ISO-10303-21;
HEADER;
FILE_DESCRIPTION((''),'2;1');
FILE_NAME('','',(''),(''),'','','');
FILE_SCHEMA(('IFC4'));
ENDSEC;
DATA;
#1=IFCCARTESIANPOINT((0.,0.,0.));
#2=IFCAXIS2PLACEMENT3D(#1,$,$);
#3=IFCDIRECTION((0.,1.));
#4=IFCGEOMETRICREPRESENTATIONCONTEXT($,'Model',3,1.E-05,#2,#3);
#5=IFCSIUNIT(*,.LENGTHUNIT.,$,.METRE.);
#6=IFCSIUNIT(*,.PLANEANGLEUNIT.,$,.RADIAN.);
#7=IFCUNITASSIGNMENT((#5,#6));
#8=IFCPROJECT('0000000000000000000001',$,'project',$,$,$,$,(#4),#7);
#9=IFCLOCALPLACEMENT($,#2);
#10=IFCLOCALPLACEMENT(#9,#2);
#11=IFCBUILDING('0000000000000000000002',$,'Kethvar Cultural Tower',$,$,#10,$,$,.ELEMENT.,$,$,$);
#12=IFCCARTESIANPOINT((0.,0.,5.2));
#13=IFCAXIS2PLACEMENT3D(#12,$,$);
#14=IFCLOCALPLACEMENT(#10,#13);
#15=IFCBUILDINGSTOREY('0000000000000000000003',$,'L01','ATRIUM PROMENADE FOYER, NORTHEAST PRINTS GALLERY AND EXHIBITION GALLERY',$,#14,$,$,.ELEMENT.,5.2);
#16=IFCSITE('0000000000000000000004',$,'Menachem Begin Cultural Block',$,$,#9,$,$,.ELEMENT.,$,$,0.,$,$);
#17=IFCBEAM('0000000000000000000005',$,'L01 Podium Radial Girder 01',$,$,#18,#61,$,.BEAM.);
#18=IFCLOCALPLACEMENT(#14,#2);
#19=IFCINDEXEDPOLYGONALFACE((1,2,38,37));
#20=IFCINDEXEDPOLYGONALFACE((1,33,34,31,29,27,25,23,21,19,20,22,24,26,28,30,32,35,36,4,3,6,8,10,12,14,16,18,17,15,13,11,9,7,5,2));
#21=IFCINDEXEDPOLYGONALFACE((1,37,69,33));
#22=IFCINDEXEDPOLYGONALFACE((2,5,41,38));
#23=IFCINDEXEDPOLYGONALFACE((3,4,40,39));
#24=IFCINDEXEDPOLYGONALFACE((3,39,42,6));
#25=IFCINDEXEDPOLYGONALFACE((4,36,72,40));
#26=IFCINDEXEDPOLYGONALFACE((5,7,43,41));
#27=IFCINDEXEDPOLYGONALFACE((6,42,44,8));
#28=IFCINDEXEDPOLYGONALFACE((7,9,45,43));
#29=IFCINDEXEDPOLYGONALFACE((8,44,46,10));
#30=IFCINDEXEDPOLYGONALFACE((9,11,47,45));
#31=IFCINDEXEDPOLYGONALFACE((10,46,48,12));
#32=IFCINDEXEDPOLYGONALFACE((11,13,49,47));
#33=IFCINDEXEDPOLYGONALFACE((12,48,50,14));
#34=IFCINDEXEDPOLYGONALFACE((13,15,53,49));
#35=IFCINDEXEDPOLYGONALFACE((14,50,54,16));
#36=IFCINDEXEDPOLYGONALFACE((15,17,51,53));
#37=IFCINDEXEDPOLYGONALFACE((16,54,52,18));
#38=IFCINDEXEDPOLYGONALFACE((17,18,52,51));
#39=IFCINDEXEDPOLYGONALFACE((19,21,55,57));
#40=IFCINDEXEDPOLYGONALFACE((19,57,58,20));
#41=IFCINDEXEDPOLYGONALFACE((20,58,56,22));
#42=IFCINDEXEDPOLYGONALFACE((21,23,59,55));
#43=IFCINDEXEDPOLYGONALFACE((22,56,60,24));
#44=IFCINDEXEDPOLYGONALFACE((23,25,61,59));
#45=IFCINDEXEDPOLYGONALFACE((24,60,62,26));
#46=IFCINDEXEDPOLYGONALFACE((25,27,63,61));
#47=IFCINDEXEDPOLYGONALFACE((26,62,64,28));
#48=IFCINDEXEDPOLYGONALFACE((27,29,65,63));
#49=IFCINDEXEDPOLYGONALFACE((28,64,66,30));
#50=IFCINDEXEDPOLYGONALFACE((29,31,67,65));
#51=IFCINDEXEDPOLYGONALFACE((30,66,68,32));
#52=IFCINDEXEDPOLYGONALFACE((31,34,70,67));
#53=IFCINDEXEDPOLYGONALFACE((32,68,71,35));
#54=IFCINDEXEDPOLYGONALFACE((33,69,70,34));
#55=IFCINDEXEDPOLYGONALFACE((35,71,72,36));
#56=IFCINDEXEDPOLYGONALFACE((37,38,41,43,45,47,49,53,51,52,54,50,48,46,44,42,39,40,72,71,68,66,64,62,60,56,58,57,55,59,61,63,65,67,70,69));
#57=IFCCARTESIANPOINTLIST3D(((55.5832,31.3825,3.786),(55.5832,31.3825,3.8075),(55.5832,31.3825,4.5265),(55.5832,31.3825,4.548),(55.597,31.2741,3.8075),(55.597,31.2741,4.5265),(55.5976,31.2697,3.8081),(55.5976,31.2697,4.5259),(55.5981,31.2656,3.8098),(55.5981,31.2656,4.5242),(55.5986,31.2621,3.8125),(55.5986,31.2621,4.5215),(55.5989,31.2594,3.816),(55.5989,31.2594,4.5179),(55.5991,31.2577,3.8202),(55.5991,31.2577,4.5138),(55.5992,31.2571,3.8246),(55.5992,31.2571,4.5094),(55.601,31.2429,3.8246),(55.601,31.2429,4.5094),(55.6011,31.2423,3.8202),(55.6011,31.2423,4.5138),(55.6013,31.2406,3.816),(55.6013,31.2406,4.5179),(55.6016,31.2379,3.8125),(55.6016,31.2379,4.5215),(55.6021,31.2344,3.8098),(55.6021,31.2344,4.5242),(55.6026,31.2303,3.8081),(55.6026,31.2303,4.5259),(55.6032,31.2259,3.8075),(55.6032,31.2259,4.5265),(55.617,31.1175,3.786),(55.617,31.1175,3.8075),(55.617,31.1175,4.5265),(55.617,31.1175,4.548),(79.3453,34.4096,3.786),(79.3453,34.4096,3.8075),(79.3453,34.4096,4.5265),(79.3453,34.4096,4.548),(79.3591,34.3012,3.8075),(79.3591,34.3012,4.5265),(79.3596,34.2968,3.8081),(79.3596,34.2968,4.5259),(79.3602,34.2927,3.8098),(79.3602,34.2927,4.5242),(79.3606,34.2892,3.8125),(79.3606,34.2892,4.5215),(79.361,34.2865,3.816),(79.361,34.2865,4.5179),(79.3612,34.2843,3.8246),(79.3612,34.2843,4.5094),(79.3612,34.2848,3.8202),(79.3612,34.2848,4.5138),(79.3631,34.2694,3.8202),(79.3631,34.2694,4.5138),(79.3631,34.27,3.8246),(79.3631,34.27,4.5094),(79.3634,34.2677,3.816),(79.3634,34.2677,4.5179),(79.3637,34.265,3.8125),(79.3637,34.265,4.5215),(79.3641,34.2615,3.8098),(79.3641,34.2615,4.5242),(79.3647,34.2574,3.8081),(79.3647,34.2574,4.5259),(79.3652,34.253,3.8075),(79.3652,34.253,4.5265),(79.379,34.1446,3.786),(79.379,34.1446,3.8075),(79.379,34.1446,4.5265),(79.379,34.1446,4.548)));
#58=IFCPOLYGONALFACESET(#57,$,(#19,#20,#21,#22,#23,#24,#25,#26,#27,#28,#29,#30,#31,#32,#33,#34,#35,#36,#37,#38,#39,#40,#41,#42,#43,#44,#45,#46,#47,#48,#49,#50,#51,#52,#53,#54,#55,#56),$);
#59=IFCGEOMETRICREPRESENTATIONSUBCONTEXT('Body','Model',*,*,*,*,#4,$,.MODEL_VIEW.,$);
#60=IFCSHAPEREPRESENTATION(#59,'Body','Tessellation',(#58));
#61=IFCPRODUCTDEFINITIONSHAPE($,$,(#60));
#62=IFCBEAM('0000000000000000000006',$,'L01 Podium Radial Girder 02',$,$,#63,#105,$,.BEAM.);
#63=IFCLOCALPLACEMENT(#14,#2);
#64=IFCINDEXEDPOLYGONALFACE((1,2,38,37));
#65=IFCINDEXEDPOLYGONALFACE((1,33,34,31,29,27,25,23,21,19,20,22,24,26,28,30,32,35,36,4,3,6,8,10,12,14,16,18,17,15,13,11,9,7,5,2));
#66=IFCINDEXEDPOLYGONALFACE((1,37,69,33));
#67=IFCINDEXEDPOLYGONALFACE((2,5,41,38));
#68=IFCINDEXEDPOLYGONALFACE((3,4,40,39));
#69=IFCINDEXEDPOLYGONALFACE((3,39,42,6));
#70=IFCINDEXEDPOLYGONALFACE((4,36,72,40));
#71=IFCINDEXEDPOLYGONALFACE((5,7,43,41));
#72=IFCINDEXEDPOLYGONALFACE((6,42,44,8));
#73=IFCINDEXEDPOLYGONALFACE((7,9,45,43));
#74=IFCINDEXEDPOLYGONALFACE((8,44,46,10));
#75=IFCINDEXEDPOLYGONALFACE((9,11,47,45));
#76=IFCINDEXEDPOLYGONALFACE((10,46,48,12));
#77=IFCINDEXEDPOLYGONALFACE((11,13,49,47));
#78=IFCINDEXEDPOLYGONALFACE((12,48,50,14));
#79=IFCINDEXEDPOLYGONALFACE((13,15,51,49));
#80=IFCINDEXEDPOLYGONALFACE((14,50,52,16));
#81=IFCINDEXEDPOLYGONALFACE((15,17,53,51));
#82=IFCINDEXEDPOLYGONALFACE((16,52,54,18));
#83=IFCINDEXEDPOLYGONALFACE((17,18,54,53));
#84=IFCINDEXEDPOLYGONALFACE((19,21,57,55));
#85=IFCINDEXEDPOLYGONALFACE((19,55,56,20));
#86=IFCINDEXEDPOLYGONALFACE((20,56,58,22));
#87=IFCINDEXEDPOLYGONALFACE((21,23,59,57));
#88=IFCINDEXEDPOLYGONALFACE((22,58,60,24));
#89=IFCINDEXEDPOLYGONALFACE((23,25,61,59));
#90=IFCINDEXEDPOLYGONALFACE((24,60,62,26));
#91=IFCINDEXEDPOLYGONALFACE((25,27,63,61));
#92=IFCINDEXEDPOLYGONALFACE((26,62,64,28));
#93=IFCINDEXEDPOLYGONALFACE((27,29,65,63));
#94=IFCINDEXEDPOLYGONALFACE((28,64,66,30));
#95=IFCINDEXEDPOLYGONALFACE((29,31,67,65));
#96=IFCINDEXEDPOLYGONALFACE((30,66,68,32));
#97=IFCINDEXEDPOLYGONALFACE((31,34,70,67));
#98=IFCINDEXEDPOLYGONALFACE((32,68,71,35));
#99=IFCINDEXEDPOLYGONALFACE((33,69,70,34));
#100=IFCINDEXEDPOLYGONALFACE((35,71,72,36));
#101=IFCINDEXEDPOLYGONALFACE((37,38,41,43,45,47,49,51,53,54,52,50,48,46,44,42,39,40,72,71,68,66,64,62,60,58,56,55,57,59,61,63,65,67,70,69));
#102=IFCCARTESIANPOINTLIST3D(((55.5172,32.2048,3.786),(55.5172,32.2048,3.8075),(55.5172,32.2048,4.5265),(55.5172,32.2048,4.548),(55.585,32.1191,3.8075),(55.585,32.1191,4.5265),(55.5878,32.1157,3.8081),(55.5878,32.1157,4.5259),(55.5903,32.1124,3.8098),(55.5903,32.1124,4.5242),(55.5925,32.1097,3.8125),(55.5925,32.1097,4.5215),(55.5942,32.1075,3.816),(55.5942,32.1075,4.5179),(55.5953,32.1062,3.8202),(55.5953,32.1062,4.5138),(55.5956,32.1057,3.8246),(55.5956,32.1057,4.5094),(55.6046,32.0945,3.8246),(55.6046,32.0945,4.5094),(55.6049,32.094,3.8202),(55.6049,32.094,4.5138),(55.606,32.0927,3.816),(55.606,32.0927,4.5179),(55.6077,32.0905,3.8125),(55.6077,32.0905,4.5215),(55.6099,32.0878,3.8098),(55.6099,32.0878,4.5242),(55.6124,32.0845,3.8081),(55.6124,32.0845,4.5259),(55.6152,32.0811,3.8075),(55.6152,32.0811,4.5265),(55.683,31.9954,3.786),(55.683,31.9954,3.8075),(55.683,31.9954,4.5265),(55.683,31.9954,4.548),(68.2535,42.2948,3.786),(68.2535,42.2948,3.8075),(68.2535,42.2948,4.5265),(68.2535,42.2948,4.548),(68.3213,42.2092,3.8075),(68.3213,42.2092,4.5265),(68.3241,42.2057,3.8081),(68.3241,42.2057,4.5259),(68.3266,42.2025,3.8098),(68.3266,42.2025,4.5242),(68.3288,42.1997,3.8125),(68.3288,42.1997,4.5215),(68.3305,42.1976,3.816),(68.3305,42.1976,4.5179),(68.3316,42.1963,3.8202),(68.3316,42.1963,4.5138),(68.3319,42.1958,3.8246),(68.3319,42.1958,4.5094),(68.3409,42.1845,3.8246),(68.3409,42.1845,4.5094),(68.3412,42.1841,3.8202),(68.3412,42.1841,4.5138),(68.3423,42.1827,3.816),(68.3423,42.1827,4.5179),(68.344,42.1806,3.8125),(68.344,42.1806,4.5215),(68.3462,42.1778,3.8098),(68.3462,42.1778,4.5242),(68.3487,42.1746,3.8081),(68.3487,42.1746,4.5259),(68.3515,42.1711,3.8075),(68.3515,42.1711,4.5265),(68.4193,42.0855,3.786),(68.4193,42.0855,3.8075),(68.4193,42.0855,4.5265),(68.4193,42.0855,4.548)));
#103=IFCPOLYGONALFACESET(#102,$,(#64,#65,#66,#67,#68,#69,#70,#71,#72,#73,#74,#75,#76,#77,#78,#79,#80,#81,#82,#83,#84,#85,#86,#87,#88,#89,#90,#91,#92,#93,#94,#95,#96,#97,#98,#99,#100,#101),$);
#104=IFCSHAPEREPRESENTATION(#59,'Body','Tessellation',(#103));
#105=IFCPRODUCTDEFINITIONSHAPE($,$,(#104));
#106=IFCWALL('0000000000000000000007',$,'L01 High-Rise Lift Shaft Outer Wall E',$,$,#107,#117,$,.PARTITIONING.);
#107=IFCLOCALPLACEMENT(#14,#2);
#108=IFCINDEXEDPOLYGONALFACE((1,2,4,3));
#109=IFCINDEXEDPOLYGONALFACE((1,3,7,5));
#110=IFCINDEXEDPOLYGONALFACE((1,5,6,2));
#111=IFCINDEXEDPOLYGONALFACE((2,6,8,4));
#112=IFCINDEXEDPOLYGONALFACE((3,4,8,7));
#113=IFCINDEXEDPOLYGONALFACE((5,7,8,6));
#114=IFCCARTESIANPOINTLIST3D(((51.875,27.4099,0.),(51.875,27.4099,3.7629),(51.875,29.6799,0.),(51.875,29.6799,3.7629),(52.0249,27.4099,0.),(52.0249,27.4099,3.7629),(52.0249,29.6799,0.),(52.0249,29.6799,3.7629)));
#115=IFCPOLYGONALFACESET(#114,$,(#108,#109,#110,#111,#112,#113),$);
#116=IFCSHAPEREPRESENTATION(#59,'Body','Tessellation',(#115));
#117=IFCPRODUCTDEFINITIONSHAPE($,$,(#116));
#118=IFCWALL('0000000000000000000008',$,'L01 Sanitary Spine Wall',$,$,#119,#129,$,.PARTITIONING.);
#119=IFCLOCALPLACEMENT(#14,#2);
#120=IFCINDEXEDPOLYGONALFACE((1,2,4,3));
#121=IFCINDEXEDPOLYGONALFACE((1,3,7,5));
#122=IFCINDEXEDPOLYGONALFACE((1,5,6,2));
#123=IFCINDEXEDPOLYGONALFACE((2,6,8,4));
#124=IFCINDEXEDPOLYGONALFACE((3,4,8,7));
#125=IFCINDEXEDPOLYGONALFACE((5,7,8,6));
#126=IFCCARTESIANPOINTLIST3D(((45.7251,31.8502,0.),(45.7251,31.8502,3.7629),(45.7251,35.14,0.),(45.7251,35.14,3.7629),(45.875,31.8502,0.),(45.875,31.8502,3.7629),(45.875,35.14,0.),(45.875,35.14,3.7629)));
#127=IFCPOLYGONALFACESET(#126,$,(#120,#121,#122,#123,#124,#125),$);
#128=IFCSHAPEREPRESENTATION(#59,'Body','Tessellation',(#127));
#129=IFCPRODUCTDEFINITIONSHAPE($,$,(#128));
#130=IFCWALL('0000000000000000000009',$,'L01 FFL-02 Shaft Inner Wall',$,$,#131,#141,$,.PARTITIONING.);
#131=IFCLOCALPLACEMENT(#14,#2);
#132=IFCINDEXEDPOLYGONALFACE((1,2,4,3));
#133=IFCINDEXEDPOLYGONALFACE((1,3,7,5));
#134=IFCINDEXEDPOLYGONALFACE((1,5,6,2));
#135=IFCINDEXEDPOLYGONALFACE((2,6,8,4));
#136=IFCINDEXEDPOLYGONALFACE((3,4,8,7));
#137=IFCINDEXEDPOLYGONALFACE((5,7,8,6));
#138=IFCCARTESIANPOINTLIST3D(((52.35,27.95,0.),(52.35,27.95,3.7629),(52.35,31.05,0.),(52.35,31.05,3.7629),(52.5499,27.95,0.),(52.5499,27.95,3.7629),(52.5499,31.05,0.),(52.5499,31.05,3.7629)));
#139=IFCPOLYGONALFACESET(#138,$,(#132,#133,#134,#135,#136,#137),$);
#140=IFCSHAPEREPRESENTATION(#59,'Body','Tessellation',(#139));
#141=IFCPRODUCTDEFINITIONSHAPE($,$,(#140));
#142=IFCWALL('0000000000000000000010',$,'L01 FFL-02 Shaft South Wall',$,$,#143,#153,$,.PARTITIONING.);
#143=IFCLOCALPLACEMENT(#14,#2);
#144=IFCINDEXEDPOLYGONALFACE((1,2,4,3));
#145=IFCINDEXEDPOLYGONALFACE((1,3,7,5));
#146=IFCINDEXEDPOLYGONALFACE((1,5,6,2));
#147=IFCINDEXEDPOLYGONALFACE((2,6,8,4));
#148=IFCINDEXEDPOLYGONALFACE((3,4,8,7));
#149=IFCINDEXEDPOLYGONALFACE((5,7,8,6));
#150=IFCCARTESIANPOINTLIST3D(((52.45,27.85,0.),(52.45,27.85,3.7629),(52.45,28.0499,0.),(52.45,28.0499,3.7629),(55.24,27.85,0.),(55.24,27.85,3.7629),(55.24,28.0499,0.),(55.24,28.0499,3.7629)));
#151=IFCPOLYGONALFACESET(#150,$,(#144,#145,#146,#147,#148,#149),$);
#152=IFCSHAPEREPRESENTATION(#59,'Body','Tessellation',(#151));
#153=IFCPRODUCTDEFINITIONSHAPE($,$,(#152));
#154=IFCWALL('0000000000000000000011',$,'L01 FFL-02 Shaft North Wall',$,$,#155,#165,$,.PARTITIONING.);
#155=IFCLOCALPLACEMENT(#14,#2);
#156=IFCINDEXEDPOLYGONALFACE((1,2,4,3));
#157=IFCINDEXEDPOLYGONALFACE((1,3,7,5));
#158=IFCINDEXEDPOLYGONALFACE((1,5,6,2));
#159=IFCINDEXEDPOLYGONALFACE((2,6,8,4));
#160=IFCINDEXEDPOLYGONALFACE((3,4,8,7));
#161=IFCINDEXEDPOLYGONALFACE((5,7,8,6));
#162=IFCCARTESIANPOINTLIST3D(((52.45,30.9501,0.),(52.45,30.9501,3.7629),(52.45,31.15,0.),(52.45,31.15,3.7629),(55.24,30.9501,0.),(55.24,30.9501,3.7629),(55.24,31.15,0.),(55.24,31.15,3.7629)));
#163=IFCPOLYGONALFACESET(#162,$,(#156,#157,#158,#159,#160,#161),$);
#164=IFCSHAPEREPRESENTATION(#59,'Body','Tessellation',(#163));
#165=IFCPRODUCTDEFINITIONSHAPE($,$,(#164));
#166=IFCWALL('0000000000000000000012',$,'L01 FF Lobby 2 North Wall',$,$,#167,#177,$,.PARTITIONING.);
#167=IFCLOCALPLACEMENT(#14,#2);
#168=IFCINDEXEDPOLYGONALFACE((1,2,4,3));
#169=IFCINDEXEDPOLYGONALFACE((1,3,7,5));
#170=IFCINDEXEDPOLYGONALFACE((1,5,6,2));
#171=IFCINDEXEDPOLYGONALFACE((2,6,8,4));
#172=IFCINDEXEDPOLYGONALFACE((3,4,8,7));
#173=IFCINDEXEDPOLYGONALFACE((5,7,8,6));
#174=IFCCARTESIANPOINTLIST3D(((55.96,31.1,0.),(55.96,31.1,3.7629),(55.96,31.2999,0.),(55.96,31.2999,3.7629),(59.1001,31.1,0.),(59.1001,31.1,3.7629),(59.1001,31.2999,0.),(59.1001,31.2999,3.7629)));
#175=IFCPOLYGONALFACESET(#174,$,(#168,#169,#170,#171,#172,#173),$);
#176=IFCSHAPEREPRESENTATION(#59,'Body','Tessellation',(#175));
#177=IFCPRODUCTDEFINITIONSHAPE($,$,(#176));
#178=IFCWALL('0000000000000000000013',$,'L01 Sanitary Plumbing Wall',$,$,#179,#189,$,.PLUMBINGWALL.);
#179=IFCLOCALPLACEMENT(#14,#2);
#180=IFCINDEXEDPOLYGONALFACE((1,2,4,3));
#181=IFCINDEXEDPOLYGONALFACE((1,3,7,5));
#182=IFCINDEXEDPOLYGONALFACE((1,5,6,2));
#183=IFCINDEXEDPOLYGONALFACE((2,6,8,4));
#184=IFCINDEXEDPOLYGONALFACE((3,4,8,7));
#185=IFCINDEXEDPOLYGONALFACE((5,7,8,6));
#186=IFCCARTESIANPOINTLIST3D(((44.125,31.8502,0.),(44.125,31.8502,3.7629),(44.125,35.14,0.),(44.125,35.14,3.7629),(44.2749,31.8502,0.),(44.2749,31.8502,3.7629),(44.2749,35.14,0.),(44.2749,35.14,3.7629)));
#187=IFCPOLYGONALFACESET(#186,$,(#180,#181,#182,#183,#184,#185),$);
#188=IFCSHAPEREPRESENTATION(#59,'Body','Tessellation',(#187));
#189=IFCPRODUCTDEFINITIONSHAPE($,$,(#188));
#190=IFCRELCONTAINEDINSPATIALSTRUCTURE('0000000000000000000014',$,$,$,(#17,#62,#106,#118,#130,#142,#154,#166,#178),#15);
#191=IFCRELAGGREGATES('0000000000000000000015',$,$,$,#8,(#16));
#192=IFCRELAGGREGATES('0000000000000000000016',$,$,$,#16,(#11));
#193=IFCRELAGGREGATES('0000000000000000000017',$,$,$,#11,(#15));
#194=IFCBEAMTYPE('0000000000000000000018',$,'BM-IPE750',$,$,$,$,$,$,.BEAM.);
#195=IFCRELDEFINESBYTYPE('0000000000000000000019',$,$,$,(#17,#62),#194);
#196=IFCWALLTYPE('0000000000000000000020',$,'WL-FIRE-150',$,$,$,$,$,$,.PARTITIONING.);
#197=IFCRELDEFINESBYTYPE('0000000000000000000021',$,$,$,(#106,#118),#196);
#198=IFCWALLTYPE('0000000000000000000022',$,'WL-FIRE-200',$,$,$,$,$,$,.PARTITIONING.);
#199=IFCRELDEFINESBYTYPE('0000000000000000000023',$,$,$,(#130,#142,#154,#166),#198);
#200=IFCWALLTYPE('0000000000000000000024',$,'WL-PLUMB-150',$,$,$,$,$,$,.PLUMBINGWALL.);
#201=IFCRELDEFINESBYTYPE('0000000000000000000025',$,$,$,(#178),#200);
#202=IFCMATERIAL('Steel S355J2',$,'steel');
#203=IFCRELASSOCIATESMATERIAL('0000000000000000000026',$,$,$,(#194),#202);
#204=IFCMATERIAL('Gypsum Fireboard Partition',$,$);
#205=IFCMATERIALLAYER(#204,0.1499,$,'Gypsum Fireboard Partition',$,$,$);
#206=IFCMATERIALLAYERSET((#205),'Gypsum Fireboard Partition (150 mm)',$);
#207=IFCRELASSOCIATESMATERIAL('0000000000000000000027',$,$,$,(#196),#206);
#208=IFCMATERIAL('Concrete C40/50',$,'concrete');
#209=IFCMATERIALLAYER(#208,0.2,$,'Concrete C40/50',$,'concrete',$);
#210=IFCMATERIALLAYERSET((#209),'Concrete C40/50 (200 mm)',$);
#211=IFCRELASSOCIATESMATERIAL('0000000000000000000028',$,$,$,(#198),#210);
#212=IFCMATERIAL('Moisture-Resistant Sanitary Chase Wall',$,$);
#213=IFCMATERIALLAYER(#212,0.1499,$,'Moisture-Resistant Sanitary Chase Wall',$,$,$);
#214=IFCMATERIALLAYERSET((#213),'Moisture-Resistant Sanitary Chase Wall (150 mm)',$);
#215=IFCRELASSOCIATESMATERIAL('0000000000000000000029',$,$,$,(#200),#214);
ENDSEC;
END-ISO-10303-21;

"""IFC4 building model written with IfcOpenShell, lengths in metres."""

from ifc_helpers import new_model, si_unit, direction, frame, frame_2d, origin, origin_2d, place, context, subcontext, project, spatial, rectangle, i_section, extrude, source, transform, mapped, material, layer, layer_set, material_profile, profile_set, type_object, element, save


model = new_model("IFC4")

# Units and contexts
model_context = context("Model", 3, precision=1e-05, world=origin(), true_north=direction((0.0, 1.0)))
body_context = subcontext(model_context, "Body", "Model", "MODEL_VIEW")
ifc_project = project(units=[si_unit("LENGTHUNIT", "METRE"), si_unit("PLANEANGLEUNIT", "RADIAN")], contexts=[model_context])

# Site, building, storey
site_placement = place(None, origin())
site = spatial("IfcSite", under=ifc_project, at=site_placement, Name="Menachem Begin Cultural Block", CompositionType="ELEMENT", RefElevation=0.0)
building_placement = place(site_placement, origin())
building = spatial("IfcBuilding", under=site, at=building_placement, Name="Kethvar Cultural Tower", CompositionType="ELEMENT")
storey_placement = place(building_placement, frame((0.0, 0.0, 5.2)))
storey = spatial("IfcBuildingStorey", under=building, at=storey_placement, Name="L01", Description="ATRIUM PROMENADE FOYER, NORTHEAST PRINTS GALLERY AND EXHIBITION GALLERY", CompositionType="ELEMENT", Elevation=5.2)

# Beams
ifc_material_1 = material(Name="Steel S355J2", Category="steel")
ifc_material_profile = material_profile(ifc_material_1, i_section(OverallWidth=0.2671, OverallDepth=0.762, WebThickness=0.0144, FlangeThickness=0.0215, FilletRadius=0.0171, at=origin_2d()), Name="Steel S355J2 — IPE750x173")
ifc_profile_set = profile_set([ifc_material_profile], Name="Steel S355J2 — IPE750x173")
beam_type = type_object("IfcBeamType", Name="BM-IPE750", PredefinedType="BEAM", material=ifc_profile_set)
shared_shape_1 = source(origin(), body_context, "Body", "SweptSolid", [
    extrude(i_section(OverallWidth=0.2671, OverallDepth=0.762, WebThickness=0.0144, FlangeThickness=0.0215, FilletRadius=0.0171, at=origin_2d()), origin(), (0.0, 0.0, 1.0), 23.9541),
])
beam_1_placement = place(storey_placement, frame((55.6001, 31.25, 4.167), z_axis=(0.991983, 0.126371, 0.0), x_axis=(-0.126371, 0.991983, 0.0)))
element("IfcBeam", 1, at=beam_1_placement, inside=storey, type_object=beam_type, Name="L01 Podium Radial Girder 01", PredefinedType="BEAM", context=body_context, shape_type="MappedRepresentation", body=[
    mapped(shared_shape_1, transform((0.0, 0.0, 0.0), scale=1.0)),
])
shared_shape_2 = source(origin(), body_context, "Body", "SweptSolid", [
    extrude(i_section(OverallWidth=0.2671, OverallDepth=0.762, WebThickness=0.0144, FlangeThickness=0.0215, FilletRadius=0.0171, at=origin_2d()), origin(), (0.0, 0.0, 1.0), 16.2488),
])
beam_2_placement = place(storey_placement, frame((55.6001, 32.1001, 4.167), z_axis=(0.783831, 0.620974, 0.0), x_axis=(-0.620974, 0.783831, 0.0)))
element("IfcBeam", 2, at=beam_2_placement, inside=storey, type_object=beam_type, Name="L01 Podium Radial Girder 02", PredefinedType="BEAM", context=body_context, shape_type="MappedRepresentation", body=[
    mapped(shared_shape_2, transform((0.0, 0.0, 0.0), scale=1.0)),
])

# Walls
ifc_material_2 = material(Name="Gypsum Fireboard Partition")
ifc_layer_1 = layer(ifc_material_2, 0.1499, Name="Gypsum Fireboard Partition")
ifc_layer_set_1 = layer_set([ifc_layer_1], Name="Gypsum Fireboard Partition (150 mm)")
wall_type_1 = type_object("IfcWallType", Name="WL-FIRE-150", PredefinedType="PARTITIONING", material=ifc_layer_set_1)
wall_1_placement = place(storey_placement, frame((51.95, 27.4099, 0.0), z_axis=(0.0, 0.0, 1.0), x_axis=(0.0, 1.0, 0.0)))
element("IfcWall", 3, at=wall_1_placement, inside=storey, type_object=wall_type_1, Name="L01 High-Rise Lift Shaft Outer Wall E", PredefinedType="PARTITIONING", context=body_context, shape_type="SweptSolid", body=[
    extrude(rectangle(XDim=2.27, YDim=0.1499, at=frame_2d((1.135, 0.0))), origin(), (0.0, 0.0, 1.0), 3.7629),
])
wall_2_placement = place(storey_placement, frame((45.8, 31.8501, 0.0), z_axis=(0.0, 0.0, 1.0), x_axis=(0.0, 1.0, 0.0)))
element("IfcWall", 4, at=wall_2_placement, inside=storey, type_object=wall_type_1, Name="L01 Sanitary Spine Wall", PredefinedType="PARTITIONING", context=body_context, shape_type="SweptSolid", body=[
    extrude(rectangle(XDim=3.2898, YDim=0.1499, at=frame_2d((1.645, 0.0))), origin(), (0.0, 0.0, 1.0), 3.7629),
])
ifc_material_3 = material(Name="Concrete C40/50", Category="concrete")
ifc_layer_2 = layer(ifc_material_3, 0.2, Name="Concrete C40/50", Category="concrete")
ifc_layer_set_2 = layer_set([ifc_layer_2], Name="Concrete C40/50 (200 mm)")
wall_type_2 = type_object("IfcWallType", Name="WL-FIRE-200", PredefinedType="PARTITIONING", material=ifc_layer_set_2)
wall_3_placement = place(storey_placement, frame((52.45, 27.95, 0.0), z_axis=(0.0, 0.0, 1.0), x_axis=(0.0, 1.0, 0.0)))
element("IfcWall", 5, at=wall_3_placement, inside=storey, type_object=wall_type_2, Name="L01 FFL-02 Shaft Inner Wall", PredefinedType="PARTITIONING", context=body_context, shape_type="SweptSolid", body=[
    extrude(rectangle(XDim=3.1001, YDim=0.2, at=frame_2d((1.55, 0.0))), origin(), (0.0, 0.0, 1.0), 3.7629),
])
for number, where, z_axis, x_axis, name in (
    (6, (52.45, 27.95, 0.0), (0.0, 0.0, 1.0), (1.0, 0.0, 0.0), "L01 FFL-02 Shaft South Wall"),
    (7, (52.45, 31.05, 0.0), (0.0, 0.0, 1.0), (1.0, 0.0, 0.0), "L01 FFL-02 Shaft North Wall"),
):
    element("IfcWall", number, at=place(storey_placement, frame(where, z_axis=z_axis, x_axis=x_axis)), inside=storey, type_object=wall_type_2, Name=name, PredefinedType="PARTITIONING", context=body_context, shape_type="SweptSolid", body=[
        extrude(rectangle(XDim=2.79, YDim=0.2, at=frame_2d((1.395, 0.0))), origin(), (0.0, 0.0, 1.0), 3.7629),
    ])
wall_4_placement = place(storey_placement, frame((55.96, 31.2, 0.0), z_axis=(0.0, 0.0, 1.0), x_axis=(1.0, 0.0, 0.0)))
element("IfcWall", 8, at=wall_4_placement, inside=storey, type_object=wall_type_2, Name="L01 FF Lobby 2 North Wall", PredefinedType="PARTITIONING", context=body_context, shape_type="SweptSolid", body=[
    extrude(rectangle(XDim=3.1401, YDim=0.2, at=frame_2d((1.5701, 0.0))), origin(), (0.0, 0.0, 1.0), 3.7629),
])
ifc_material_4 = material(Name="Moisture-Resistant Sanitary Chase Wall")
ifc_layer_3 = layer(ifc_material_4, 0.1499, Name="Moisture-Resistant Sanitary Chase Wall")
ifc_layer_set_3 = layer_set([ifc_layer_3], Name="Moisture-Resistant Sanitary Chase Wall (150 mm)")
wall_type_3 = type_object("IfcWallType", Name="WL-PLUMB-150", PredefinedType="PLUMBINGWALL", material=ifc_layer_set_3)
wall_5_placement = place(storey_placement, frame((44.2, 31.8501, 0.0), z_axis=(0.0, 0.0, 1.0), x_axis=(0.0, 1.0, 0.0)))
element("IfcWall", 9, at=wall_5_placement, inside=storey, type_object=wall_type_3, Name="L01 Sanitary Plumbing Wall", PredefinedType="PLUMBINGWALL", context=body_context, shape_type="SweptSolid", body=[
    extrude(rectangle(XDim=3.2898, YDim=0.1499, at=frame_2d((1.645, 0.0))), origin(), (0.0, 0.0, 1.0), 3.7629),
])

save(model, "model.ifc")
